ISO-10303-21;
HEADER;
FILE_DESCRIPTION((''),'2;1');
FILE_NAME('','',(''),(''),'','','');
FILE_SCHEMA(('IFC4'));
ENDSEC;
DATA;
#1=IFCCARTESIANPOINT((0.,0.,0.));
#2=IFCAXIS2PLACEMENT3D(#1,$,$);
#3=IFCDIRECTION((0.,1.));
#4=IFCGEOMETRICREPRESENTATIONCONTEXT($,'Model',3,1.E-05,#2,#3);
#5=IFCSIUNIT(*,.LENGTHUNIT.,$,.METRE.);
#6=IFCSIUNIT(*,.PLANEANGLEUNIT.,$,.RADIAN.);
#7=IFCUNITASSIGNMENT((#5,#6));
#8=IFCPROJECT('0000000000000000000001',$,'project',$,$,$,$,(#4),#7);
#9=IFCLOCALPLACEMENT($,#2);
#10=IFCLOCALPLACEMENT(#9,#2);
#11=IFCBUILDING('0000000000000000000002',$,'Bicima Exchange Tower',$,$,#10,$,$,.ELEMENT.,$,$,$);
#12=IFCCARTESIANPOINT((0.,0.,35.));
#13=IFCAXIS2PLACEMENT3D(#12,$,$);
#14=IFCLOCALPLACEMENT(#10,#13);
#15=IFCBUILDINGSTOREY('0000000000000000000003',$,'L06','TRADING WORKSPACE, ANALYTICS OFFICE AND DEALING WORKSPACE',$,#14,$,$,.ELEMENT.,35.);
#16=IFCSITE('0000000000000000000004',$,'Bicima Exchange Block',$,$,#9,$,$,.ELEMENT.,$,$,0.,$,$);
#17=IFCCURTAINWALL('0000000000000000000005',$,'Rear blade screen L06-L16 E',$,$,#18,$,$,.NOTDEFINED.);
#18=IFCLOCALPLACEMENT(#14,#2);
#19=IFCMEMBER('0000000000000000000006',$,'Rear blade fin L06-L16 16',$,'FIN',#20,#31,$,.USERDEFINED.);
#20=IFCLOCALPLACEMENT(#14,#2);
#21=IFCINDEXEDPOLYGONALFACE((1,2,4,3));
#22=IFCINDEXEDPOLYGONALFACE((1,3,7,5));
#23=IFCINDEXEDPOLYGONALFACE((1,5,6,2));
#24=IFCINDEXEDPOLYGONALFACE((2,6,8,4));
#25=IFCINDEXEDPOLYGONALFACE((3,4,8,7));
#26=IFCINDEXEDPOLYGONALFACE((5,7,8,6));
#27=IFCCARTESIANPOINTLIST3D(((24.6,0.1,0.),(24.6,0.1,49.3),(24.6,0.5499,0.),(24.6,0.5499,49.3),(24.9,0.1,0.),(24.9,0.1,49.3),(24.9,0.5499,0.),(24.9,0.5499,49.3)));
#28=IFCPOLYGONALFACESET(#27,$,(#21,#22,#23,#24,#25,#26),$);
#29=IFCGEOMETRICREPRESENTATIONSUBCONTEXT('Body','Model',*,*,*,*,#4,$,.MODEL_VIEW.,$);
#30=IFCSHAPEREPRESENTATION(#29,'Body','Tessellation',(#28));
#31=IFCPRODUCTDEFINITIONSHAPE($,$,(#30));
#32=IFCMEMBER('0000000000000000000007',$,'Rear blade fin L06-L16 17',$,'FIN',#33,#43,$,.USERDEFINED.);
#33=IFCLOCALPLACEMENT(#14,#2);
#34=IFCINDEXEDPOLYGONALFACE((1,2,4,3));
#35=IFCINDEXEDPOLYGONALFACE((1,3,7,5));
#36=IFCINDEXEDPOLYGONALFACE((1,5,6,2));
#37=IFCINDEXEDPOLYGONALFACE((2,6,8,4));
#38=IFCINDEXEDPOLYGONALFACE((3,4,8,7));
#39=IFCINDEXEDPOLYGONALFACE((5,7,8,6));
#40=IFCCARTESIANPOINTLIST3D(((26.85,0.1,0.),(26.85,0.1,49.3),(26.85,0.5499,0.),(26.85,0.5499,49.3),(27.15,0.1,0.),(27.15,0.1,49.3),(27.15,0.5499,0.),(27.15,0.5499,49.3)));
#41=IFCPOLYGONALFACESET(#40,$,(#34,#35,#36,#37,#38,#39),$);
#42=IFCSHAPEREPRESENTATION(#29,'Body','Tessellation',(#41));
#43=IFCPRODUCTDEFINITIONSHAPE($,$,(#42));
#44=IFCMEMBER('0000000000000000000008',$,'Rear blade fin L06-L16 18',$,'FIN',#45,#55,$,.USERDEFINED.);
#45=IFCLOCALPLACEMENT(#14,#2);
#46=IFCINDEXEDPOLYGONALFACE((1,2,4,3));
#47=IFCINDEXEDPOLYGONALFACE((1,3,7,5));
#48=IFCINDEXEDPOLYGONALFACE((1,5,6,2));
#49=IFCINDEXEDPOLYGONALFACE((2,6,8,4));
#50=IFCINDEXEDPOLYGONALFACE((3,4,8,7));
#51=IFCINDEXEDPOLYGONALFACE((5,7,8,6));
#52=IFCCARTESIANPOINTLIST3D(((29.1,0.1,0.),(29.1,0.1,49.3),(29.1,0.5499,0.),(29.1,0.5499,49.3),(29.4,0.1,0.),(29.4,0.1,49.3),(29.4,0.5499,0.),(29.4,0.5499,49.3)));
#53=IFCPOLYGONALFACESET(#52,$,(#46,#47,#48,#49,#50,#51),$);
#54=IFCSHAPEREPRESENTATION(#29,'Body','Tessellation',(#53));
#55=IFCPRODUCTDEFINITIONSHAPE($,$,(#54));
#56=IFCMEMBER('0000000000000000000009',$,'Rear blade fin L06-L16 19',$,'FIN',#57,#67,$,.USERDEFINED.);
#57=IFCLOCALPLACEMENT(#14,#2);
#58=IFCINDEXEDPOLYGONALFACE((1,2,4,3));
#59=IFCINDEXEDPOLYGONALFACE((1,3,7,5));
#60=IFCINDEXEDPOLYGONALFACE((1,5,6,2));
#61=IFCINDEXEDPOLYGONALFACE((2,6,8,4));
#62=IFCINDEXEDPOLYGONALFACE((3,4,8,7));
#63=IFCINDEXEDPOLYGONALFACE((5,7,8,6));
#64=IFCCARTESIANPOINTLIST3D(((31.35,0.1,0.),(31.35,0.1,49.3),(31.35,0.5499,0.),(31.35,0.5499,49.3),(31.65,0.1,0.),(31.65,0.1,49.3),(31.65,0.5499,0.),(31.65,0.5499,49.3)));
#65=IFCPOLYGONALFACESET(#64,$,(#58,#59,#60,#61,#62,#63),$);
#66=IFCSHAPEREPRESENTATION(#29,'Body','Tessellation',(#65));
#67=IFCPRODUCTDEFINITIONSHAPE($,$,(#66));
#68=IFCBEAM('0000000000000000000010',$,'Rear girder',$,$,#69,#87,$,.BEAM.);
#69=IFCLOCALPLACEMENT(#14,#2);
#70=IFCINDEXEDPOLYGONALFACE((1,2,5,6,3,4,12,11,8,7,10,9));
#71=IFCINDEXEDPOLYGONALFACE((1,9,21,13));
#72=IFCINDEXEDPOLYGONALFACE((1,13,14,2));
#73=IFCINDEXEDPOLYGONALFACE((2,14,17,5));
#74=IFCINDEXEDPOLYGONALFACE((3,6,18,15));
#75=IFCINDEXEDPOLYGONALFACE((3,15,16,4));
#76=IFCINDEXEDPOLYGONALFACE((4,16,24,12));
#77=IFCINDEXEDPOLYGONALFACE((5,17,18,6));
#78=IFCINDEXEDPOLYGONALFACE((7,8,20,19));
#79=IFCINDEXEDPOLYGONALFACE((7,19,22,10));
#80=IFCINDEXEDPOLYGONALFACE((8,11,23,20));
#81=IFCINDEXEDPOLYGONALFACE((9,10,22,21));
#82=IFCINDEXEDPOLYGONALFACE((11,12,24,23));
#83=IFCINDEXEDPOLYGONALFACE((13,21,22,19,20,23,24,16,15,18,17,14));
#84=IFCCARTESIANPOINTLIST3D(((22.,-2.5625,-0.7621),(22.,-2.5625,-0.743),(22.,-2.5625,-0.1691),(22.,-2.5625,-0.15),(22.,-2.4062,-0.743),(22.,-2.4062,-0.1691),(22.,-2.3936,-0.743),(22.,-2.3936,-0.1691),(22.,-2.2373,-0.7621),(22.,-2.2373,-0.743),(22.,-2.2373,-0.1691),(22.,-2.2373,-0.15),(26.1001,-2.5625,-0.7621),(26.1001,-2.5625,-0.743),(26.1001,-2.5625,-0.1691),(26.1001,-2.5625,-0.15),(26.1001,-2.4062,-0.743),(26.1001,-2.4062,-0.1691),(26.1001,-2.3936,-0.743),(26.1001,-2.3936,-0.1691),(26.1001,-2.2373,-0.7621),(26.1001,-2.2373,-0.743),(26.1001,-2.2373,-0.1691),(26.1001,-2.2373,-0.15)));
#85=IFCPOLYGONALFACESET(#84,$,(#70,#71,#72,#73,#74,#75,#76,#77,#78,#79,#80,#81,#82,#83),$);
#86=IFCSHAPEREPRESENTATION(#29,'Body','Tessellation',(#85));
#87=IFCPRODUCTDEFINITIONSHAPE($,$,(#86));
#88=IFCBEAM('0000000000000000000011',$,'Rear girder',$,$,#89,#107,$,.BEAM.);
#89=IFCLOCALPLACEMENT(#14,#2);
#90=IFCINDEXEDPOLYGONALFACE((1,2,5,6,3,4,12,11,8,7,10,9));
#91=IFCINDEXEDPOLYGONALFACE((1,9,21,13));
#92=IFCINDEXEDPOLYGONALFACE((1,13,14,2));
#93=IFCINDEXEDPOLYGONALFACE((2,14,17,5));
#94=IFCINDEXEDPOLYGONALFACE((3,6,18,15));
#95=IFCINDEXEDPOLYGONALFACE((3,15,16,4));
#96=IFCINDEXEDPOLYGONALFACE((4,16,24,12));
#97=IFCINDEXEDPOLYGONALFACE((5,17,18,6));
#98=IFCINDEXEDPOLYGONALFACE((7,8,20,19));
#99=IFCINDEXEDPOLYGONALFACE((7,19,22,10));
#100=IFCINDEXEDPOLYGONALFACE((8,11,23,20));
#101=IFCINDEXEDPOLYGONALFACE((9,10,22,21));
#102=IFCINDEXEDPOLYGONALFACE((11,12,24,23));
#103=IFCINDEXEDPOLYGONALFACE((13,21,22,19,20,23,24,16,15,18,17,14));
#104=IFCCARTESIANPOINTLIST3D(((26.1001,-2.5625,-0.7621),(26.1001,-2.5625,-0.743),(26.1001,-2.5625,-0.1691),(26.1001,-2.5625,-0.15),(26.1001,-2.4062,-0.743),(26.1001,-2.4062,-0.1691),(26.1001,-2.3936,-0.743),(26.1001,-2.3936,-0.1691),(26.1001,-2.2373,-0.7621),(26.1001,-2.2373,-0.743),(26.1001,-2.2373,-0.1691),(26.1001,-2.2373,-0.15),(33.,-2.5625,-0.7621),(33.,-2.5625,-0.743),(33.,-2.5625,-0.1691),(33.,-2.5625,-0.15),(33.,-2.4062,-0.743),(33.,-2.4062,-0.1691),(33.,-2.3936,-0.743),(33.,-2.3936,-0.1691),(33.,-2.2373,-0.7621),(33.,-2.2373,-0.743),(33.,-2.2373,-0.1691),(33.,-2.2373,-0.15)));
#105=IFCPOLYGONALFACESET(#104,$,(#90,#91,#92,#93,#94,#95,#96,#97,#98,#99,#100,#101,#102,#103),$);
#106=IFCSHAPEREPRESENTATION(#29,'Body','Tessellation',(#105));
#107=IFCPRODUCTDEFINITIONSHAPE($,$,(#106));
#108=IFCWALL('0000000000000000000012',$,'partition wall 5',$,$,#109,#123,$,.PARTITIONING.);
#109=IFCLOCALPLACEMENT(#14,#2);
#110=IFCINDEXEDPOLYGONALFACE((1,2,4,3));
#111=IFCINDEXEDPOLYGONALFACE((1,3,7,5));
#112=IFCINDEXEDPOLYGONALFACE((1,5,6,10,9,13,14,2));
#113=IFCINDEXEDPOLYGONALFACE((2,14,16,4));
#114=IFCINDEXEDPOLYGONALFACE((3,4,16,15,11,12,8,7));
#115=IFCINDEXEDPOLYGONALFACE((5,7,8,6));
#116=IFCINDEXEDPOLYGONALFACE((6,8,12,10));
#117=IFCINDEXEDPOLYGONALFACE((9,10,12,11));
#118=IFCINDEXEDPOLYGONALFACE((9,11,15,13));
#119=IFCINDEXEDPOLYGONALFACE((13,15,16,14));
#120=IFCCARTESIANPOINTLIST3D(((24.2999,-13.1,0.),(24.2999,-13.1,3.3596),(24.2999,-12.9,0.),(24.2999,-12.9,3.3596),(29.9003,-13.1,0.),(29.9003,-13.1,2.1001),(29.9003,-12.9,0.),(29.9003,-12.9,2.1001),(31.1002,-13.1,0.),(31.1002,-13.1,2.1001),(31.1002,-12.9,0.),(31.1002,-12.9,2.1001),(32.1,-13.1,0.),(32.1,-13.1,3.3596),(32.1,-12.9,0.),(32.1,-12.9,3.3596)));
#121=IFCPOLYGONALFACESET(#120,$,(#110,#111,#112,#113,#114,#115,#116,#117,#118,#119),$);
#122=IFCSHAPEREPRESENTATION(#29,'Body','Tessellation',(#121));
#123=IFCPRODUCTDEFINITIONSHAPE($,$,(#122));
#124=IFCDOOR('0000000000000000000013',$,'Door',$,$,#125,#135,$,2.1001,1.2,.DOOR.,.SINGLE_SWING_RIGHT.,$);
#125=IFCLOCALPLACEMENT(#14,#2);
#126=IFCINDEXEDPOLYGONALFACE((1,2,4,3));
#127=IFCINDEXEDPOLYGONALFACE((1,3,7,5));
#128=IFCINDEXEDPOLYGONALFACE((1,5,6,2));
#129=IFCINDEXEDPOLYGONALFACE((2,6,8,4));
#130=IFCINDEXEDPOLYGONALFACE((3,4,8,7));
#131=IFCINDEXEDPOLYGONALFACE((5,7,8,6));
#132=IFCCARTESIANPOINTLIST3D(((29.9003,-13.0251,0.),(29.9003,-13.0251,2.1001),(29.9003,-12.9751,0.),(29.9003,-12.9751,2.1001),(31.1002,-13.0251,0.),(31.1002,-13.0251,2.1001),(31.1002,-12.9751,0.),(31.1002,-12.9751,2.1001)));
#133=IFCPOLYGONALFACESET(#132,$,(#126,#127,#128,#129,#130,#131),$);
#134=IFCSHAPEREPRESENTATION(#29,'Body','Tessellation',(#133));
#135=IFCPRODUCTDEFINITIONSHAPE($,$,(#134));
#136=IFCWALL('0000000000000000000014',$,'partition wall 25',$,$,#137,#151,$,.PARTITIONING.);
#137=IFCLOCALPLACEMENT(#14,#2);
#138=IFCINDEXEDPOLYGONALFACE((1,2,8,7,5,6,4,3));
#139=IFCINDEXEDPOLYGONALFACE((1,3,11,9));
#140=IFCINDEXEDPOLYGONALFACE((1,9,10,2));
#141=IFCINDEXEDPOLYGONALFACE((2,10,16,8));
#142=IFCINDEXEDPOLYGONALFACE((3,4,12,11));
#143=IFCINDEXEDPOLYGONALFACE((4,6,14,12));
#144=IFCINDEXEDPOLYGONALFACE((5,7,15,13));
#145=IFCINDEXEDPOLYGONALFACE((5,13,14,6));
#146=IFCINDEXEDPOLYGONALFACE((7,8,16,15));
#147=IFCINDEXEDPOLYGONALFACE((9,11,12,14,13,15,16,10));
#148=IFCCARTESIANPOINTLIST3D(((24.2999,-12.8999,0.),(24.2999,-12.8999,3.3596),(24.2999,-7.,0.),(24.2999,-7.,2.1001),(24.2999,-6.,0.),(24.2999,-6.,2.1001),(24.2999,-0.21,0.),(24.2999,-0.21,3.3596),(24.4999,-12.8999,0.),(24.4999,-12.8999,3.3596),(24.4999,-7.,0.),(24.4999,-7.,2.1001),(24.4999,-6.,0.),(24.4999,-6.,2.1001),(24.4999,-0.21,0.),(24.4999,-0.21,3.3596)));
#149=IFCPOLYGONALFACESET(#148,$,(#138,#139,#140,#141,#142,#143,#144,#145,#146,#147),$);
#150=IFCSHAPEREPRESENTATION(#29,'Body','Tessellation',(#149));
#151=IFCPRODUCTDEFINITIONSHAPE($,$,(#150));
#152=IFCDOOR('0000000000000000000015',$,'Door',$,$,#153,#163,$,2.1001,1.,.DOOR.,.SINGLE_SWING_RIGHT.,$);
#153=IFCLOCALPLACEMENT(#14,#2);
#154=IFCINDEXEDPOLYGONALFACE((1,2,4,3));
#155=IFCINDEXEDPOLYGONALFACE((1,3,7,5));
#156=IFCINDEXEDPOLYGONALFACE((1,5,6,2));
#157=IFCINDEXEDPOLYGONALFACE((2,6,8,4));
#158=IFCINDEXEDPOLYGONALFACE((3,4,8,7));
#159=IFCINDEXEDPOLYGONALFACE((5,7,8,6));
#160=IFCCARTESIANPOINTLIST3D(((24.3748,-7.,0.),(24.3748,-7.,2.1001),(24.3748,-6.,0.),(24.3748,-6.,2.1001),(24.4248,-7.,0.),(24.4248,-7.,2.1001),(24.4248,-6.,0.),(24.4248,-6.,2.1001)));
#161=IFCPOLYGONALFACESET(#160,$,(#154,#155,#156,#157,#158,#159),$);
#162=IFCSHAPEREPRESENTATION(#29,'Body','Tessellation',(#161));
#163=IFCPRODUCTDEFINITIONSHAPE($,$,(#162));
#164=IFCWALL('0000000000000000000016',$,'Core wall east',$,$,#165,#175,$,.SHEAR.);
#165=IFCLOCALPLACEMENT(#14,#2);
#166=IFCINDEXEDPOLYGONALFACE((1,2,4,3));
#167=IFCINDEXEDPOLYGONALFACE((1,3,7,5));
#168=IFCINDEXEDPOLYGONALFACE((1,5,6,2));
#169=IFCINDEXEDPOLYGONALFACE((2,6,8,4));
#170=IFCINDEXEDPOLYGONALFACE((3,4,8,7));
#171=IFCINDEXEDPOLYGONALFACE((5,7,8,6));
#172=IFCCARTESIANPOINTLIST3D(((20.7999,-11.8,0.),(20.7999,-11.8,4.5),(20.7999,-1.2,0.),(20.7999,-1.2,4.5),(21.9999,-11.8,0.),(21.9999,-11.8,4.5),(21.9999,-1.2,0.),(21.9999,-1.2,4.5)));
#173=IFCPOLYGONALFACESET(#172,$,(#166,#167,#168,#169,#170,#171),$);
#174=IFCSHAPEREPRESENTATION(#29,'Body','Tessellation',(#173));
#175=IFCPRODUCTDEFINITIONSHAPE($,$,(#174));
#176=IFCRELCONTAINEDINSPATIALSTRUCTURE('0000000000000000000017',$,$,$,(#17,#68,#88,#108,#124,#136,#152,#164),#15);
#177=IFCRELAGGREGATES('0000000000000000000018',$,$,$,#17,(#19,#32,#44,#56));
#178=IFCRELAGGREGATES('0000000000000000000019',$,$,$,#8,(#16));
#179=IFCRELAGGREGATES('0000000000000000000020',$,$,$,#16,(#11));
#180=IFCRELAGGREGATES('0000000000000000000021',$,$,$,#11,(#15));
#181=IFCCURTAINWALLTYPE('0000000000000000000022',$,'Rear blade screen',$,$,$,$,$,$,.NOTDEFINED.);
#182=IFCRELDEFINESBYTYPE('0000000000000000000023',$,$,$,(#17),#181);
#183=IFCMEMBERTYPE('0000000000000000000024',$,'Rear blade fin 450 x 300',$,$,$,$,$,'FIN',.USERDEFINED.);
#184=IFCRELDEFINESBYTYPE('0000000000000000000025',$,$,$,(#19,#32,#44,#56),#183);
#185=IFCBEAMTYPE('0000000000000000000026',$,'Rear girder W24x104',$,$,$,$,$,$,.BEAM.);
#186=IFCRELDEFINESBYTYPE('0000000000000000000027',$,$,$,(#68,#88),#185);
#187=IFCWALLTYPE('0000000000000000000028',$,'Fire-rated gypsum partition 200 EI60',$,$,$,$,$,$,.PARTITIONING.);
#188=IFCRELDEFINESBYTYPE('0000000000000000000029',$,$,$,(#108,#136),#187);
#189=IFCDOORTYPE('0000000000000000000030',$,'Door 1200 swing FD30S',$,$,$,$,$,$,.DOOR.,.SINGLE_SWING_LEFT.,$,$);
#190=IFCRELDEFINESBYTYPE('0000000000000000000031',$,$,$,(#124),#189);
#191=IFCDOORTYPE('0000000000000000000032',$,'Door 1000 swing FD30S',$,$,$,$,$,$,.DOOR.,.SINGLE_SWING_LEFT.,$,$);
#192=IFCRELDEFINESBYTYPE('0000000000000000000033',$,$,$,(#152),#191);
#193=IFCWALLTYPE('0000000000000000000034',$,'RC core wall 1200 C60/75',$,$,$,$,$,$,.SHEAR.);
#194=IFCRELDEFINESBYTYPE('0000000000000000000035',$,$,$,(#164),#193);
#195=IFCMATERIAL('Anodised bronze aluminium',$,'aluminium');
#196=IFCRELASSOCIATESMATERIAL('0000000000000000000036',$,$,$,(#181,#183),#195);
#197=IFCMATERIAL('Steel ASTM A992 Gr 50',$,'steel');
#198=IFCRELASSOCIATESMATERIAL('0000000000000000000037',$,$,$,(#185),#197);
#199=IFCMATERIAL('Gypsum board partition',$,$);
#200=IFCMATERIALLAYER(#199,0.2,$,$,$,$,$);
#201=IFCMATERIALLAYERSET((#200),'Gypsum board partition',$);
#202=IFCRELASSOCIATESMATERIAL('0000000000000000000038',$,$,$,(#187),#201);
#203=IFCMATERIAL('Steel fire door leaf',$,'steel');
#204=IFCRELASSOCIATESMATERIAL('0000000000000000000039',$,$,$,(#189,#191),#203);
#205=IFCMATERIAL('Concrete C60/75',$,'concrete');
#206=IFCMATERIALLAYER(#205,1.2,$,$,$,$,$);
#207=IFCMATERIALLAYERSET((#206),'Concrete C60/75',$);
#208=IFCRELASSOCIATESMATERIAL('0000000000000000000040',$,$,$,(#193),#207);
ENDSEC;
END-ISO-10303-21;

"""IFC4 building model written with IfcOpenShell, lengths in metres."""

from ifc_helpers import new_model, si_unit, direction, frame, frame_2d, origin, origin_2d, place, context, subcontext, project, spatial, rectangle, i_section, extrude, material, layer, layer_set, material_profile, profile_set, type_object, element, fill, aggregate, save


model = new_model("IFC4")

# Units and contexts
model_context = context("Model", 3, precision=1e-05, world=origin(), true_north=direction((0.0, 1.0)))
body_context = subcontext(model_context, "Body", "Model", "MODEL_VIEW")
ifc_project = project(units=[si_unit("LENGTHUNIT", "METRE"), si_unit("PLANEANGLEUNIT", "RADIAN")], contexts=[model_context])

# Site, building, storey
site_placement = place(None, origin())
site = spatial("IfcSite", under=ifc_project, at=site_placement, Name="Bicima Exchange Block", CompositionType="ELEMENT", RefElevation=0.0)
building_placement = place(site_placement, origin())
building = spatial("IfcBuilding", under=site, at=building_placement, Name="Bicima Exchange Tower", CompositionType="ELEMENT")
storey_placement = place(building_placement, frame((0.0, 0.0, 35.0)))
storey = spatial("IfcBuildingStorey", under=building, at=storey_placement, Name="L06", Description="TRADING WORKSPACE, ANALYTICS OFFICE AND DEALING WORKSPACE", CompositionType="ELEMENT", Elevation=35.0)

# Shared definitions
ifc_material_1 = material(Name="Steel ASTM A992 Gr 50", Category="steel")

# Curtain wall, members
ifc_material_2 = material(Name="Anodised bronze aluminium", Category="aluminium")
curtain_wall_type = type_object("IfcCurtainWallType", Name="Rear blade screen", PredefinedType="NOTDEFINED", material=ifc_material_2)
curtain_wall_placement = place(storey_placement, origin())
curtain_wall = element("IfcCurtainWall", 1, at=curtain_wall_placement, inside=storey, type_object=curtain_wall_type, Name="Rear blade screen L06-L16 E", PredefinedType="NOTDEFINED")
ifc_material_profile_1 = material_profile(ifc_material_2, rectangle(XDim=0.45, YDim=0.3, at=origin_2d()))
ifc_profile_set_1 = profile_set([ifc_material_profile_1], Name="Anodised bronze aluminium")
member_type_1 = type_object("IfcMemberType", Name="Rear blade fin 450 x 300", ElementType="FIN", PredefinedType="USERDEFINED", material=ifc_profile_set_1)
member_1_placement = place(storey_placement, frame((24.75, 0.325, 0.0), z_axis=(0.0, 0.0, 1.0), x_axis=(0.0, 1.0, 0.0)))
member_1 = element("IfcMember", 2, at=member_1_placement, type_object=member_type_1, Name="Rear blade fin L06-L16 16", ObjectType="FIN", PredefinedType="USERDEFINED", context=body_context, shape_type="SweptSolid", body=[
    extrude(rectangle(XDim=0.45, YDim=0.3, at=origin_2d()), origin(), (0.0, 0.0, 1.0), 49.3),
])
member_2_placement = place(storey_placement, frame((27.0, 0.325, 0.0), z_axis=(0.0, 0.0, 1.0), x_axis=(0.0, 1.0, 0.0)))
member_2 = element("IfcMember", 3, at=member_2_placement, type_object=member_type_1, Name="Rear blade fin L06-L16 17", ObjectType="FIN", PredefinedType="USERDEFINED", context=body_context, shape_type="SweptSolid", body=[
    extrude(rectangle(XDim=0.45, YDim=0.3, at=origin_2d()), origin(), (0.0, 0.0, 1.0), 49.3),
])
member_3_placement = place(storey_placement, frame((29.25, 0.325, 0.0), z_axis=(0.0, 0.0, 1.0), x_axis=(0.0, 1.0, 0.0)))
member_3 = element("IfcMember", 4, at=member_3_placement, type_object=member_type_1, Name="Rear blade fin L06-L16 18", ObjectType="FIN", PredefinedType="USERDEFINED", context=body_context, shape_type="SweptSolid", body=[
    extrude(rectangle(XDim=0.45, YDim=0.3, at=origin_2d()), origin(), (0.0, 0.0, 1.0), 49.3),
])
member_4_placement = place(storey_placement, frame((31.5, 0.325, 0.0), z_axis=(0.0, 0.0, 1.0), x_axis=(0.0, 1.0, 0.0)))
member_4 = element("IfcMember", 5, at=member_4_placement, type_object=member_type_1, Name="Rear blade fin L06-L16 19", ObjectType="FIN", PredefinedType="USERDEFINED", context=body_context, shape_type="SweptSolid", body=[
    extrude(rectangle(XDim=0.45, YDim=0.3, at=origin_2d()), origin(), (0.0, 0.0, 1.0), 49.3),
])
aggregate(curtain_wall, [member_1, member_2, member_3, member_4])

# Beams
ifc_material_profile_2 = material_profile(ifc_material_1, i_section(OverallWidth=0.3252, OverallDepth=0.6121, WebThickness=0.0127, FlangeThickness=0.019, at=origin_2d()))
ifc_profile_set_2 = profile_set([ifc_material_profile_2], Name="Steel ASTM A992 Gr 50")
beam_type_1 = type_object("IfcBeamType", Name="Rear girder W24x104", PredefinedType="BEAM", material=ifc_profile_set_2)
beam_1_placement = place(storey_placement, frame((22.0, -2.3999, -0.4561), z_axis=(1.0, 0.0, 0.0), x_axis=(0.0, 1.0, 0.0)))
element("IfcBeam", 6, at=beam_1_placement, inside=storey, type_object=beam_type_1, Name="Rear girder", PredefinedType="BEAM", context=body_context, shape_type="SweptSolid", body=[
    extrude(i_section(OverallWidth=0.3252, OverallDepth=0.6121, WebThickness=0.0127, FlangeThickness=0.019, at=origin_2d()), origin(), (0.0, 0.0, 1.0), 4.1001),
])
beam_2_placement = place(storey_placement, frame((26.1001, -2.3999, -0.4561), z_axis=(1.0, 0.0, 0.0), x_axis=(0.0, 1.0, 0.0)))
element("IfcBeam", 7, at=beam_2_placement, inside=storey, type_object=beam_type_1, Name="Rear girder", PredefinedType="BEAM", context=body_context, shape_type="SweptSolid", body=[
    extrude(i_section(OverallWidth=0.3252, OverallDepth=0.6121, WebThickness=0.0127, FlangeThickness=0.019, at=origin_2d()), origin(), (0.0, 0.0, 1.0), 6.8999),
])

# Walls, openings, doors
ifc_material_3 = material(Name="Gypsum board partition")
ifc_layer_1 = layer(ifc_material_3, 0.2)
ifc_layer_set_1 = layer_set([ifc_layer_1], Name="Gypsum board partition")
wall_type_1 = type_object("IfcWallType", Name="Fire-rated gypsum partition 200 EI60", PredefinedType="PARTITIONING", material=ifc_layer_set_1)
wall_1_placement = place(storey_placement, frame((24.3, -13.0, 0.0), z_axis=(0.0, 0.0, 1.0), x_axis=(1.0, 0.0, 0.0)))
wall_1 = element("IfcWall", 8, at=wall_1_placement, inside=storey, type_object=wall_type_1, Name="partition wall 5", PredefinedType="PARTITIONING", context=body_context, shape_type="SweptSolid", body=[
    extrude(rectangle(XDim=7.8, YDim=0.2, at=frame_2d((3.8999, 0.0))), origin(), (0.0, 0.0, 1.0), 3.3596),
])
opening_1_placement = place(wall_1_placement, frame((5.6001, 0.0, 0.0)))
opening_1 = element("IfcOpeningElement", 9, at=opening_1_placement, cuts=wall_1, PredefinedType="OPENING", context=body_context, shape_type="SweptSolid", body=[
    extrude(rectangle(XDim=1.2, YDim=2.1001, at=frame_2d((0.6001, 1.05))), frame((0.0, 0.1118, 0.0), z_axis=(0.0, -1.0, 0.0), x_axis=(1.0, 0.0, 0.0)), (0.0, 0.0, 1.0), 0.2239),
])
ifc_material_4 = material(Name="Steel fire door leaf", Category="steel")
door_type_1 = type_object("IfcDoorType", Name="Door 1200 swing FD30S", OperationType="SINGLE_SWING_LEFT", PredefinedType="DOOR", material=ifc_material_4)
door_1_placement = place(opening_1_placement, origin())
door_1 = element("IfcDoor", 10, at=door_1_placement, inside=storey, type_object=door_type_1, Name="Door", OperationType="SINGLE_SWING_RIGHT", OverallHeight=2.1001, OverallWidth=1.2, PredefinedType="DOOR", context=body_context, shape_type="SweptSolid", body=[
    extrude(rectangle(XDim=1.2, YDim=2.1001, at=frame_2d((0.6001, 1.05))), frame((0.0, 0.0249, 0.0), z_axis=(0.0, -1.0, 0.0), x_axis=(1.0, 0.0, 0.0)), (0.0, 0.0, 1.0), 0.05),
])
fill(opening_1, door_1)
wall_2_placement = place(storey_placement, frame((24.3999, -12.8999, 0.0), z_axis=(0.0, 0.0, 1.0), x_axis=(0.0, 1.0, 0.0)))
wall_2 = element("IfcWall", 11, at=wall_2_placement, inside=storey, type_object=wall_type_1, Name="partition wall 25", PredefinedType="PARTITIONING", context=body_context, shape_type="SweptSolid", body=[
    extrude(rectangle(XDim=12.6899, YDim=0.2, at=frame_2d((6.345, 0.0))), origin(), (0.0, 0.0, 1.0), 3.3596),
])
opening_2_placement = place(wall_2_placement, frame((5.8999, 0.0, 0.0)))
opening_2 = element("IfcOpeningElement", 12, at=opening_2_placement, cuts=wall_2, PredefinedType="OPENING", context=body_context, shape_type="SweptSolid", body=[
    extrude(rectangle(XDim=1.0, YDim=2.1001, at=frame_2d((0.5, 1.05))), frame((0.0, 0.1118, 0.0), z_axis=(0.0, -1.0, 0.0), x_axis=(1.0, 0.0, 0.0)), (0.0, 0.0, 1.0), 0.2239),
])
door_type_2 = type_object("IfcDoorType", Name="Door 1000 swing FD30S", OperationType="SINGLE_SWING_LEFT", PredefinedType="DOOR", material=ifc_material_4)
door_2_placement = place(opening_2_placement, frame((1.0, 0.0, 0.0), z_axis=(0.0, 0.0, 1.0), x_axis=(-1.0, 0.0, 0.0)))
door_2 = element("IfcDoor", 13, at=door_2_placement, inside=storey, type_object=door_type_2, Name="Door", OperationType="SINGLE_SWING_RIGHT", OverallHeight=2.1001, OverallWidth=1.0, PredefinedType="DOOR", context=body_context, shape_type="SweptSolid", body=[
    extrude(rectangle(XDim=1.0, YDim=2.1001, at=frame_2d((0.5, 1.05))), frame((0.0, 0.0249, 0.0), z_axis=(0.0, -1.0, 0.0), x_axis=(1.0, 0.0, 0.0)), (0.0, 0.0, 1.0), 0.05),
])
fill(opening_2, door_2)

# Wall
ifc_material_5 = material(Name="Concrete C60/75", Category="concrete")
ifc_layer_2 = layer(ifc_material_5, 1.2)
ifc_layer_set_2 = layer_set([ifc_layer_2], Name="Concrete C60/75")
wall_type_2 = type_object("IfcWallType", Name="RC core wall 1200 C60/75", PredefinedType="SHEAR", material=ifc_layer_set_2)
wall_3_placement = place(storey_placement, frame((21.3999, -11.8, 0.0), z_axis=(0.0, 0.0, 1.0), x_axis=(0.0, 1.0, 0.0)))
element("IfcWall", 14, at=wall_3_placement, inside=storey, type_object=wall_type_2, Name="Core wall east", PredefinedType="SHEAR", context=body_context, shape_type="SweptSolid", body=[
    extrude(rectangle(XDim=10.6001, YDim=1.2, at=frame_2d((5.3, 0.0))), origin(), (0.0, 0.0, 1.0), 4.5),
])

save(model, "model.ifc")
